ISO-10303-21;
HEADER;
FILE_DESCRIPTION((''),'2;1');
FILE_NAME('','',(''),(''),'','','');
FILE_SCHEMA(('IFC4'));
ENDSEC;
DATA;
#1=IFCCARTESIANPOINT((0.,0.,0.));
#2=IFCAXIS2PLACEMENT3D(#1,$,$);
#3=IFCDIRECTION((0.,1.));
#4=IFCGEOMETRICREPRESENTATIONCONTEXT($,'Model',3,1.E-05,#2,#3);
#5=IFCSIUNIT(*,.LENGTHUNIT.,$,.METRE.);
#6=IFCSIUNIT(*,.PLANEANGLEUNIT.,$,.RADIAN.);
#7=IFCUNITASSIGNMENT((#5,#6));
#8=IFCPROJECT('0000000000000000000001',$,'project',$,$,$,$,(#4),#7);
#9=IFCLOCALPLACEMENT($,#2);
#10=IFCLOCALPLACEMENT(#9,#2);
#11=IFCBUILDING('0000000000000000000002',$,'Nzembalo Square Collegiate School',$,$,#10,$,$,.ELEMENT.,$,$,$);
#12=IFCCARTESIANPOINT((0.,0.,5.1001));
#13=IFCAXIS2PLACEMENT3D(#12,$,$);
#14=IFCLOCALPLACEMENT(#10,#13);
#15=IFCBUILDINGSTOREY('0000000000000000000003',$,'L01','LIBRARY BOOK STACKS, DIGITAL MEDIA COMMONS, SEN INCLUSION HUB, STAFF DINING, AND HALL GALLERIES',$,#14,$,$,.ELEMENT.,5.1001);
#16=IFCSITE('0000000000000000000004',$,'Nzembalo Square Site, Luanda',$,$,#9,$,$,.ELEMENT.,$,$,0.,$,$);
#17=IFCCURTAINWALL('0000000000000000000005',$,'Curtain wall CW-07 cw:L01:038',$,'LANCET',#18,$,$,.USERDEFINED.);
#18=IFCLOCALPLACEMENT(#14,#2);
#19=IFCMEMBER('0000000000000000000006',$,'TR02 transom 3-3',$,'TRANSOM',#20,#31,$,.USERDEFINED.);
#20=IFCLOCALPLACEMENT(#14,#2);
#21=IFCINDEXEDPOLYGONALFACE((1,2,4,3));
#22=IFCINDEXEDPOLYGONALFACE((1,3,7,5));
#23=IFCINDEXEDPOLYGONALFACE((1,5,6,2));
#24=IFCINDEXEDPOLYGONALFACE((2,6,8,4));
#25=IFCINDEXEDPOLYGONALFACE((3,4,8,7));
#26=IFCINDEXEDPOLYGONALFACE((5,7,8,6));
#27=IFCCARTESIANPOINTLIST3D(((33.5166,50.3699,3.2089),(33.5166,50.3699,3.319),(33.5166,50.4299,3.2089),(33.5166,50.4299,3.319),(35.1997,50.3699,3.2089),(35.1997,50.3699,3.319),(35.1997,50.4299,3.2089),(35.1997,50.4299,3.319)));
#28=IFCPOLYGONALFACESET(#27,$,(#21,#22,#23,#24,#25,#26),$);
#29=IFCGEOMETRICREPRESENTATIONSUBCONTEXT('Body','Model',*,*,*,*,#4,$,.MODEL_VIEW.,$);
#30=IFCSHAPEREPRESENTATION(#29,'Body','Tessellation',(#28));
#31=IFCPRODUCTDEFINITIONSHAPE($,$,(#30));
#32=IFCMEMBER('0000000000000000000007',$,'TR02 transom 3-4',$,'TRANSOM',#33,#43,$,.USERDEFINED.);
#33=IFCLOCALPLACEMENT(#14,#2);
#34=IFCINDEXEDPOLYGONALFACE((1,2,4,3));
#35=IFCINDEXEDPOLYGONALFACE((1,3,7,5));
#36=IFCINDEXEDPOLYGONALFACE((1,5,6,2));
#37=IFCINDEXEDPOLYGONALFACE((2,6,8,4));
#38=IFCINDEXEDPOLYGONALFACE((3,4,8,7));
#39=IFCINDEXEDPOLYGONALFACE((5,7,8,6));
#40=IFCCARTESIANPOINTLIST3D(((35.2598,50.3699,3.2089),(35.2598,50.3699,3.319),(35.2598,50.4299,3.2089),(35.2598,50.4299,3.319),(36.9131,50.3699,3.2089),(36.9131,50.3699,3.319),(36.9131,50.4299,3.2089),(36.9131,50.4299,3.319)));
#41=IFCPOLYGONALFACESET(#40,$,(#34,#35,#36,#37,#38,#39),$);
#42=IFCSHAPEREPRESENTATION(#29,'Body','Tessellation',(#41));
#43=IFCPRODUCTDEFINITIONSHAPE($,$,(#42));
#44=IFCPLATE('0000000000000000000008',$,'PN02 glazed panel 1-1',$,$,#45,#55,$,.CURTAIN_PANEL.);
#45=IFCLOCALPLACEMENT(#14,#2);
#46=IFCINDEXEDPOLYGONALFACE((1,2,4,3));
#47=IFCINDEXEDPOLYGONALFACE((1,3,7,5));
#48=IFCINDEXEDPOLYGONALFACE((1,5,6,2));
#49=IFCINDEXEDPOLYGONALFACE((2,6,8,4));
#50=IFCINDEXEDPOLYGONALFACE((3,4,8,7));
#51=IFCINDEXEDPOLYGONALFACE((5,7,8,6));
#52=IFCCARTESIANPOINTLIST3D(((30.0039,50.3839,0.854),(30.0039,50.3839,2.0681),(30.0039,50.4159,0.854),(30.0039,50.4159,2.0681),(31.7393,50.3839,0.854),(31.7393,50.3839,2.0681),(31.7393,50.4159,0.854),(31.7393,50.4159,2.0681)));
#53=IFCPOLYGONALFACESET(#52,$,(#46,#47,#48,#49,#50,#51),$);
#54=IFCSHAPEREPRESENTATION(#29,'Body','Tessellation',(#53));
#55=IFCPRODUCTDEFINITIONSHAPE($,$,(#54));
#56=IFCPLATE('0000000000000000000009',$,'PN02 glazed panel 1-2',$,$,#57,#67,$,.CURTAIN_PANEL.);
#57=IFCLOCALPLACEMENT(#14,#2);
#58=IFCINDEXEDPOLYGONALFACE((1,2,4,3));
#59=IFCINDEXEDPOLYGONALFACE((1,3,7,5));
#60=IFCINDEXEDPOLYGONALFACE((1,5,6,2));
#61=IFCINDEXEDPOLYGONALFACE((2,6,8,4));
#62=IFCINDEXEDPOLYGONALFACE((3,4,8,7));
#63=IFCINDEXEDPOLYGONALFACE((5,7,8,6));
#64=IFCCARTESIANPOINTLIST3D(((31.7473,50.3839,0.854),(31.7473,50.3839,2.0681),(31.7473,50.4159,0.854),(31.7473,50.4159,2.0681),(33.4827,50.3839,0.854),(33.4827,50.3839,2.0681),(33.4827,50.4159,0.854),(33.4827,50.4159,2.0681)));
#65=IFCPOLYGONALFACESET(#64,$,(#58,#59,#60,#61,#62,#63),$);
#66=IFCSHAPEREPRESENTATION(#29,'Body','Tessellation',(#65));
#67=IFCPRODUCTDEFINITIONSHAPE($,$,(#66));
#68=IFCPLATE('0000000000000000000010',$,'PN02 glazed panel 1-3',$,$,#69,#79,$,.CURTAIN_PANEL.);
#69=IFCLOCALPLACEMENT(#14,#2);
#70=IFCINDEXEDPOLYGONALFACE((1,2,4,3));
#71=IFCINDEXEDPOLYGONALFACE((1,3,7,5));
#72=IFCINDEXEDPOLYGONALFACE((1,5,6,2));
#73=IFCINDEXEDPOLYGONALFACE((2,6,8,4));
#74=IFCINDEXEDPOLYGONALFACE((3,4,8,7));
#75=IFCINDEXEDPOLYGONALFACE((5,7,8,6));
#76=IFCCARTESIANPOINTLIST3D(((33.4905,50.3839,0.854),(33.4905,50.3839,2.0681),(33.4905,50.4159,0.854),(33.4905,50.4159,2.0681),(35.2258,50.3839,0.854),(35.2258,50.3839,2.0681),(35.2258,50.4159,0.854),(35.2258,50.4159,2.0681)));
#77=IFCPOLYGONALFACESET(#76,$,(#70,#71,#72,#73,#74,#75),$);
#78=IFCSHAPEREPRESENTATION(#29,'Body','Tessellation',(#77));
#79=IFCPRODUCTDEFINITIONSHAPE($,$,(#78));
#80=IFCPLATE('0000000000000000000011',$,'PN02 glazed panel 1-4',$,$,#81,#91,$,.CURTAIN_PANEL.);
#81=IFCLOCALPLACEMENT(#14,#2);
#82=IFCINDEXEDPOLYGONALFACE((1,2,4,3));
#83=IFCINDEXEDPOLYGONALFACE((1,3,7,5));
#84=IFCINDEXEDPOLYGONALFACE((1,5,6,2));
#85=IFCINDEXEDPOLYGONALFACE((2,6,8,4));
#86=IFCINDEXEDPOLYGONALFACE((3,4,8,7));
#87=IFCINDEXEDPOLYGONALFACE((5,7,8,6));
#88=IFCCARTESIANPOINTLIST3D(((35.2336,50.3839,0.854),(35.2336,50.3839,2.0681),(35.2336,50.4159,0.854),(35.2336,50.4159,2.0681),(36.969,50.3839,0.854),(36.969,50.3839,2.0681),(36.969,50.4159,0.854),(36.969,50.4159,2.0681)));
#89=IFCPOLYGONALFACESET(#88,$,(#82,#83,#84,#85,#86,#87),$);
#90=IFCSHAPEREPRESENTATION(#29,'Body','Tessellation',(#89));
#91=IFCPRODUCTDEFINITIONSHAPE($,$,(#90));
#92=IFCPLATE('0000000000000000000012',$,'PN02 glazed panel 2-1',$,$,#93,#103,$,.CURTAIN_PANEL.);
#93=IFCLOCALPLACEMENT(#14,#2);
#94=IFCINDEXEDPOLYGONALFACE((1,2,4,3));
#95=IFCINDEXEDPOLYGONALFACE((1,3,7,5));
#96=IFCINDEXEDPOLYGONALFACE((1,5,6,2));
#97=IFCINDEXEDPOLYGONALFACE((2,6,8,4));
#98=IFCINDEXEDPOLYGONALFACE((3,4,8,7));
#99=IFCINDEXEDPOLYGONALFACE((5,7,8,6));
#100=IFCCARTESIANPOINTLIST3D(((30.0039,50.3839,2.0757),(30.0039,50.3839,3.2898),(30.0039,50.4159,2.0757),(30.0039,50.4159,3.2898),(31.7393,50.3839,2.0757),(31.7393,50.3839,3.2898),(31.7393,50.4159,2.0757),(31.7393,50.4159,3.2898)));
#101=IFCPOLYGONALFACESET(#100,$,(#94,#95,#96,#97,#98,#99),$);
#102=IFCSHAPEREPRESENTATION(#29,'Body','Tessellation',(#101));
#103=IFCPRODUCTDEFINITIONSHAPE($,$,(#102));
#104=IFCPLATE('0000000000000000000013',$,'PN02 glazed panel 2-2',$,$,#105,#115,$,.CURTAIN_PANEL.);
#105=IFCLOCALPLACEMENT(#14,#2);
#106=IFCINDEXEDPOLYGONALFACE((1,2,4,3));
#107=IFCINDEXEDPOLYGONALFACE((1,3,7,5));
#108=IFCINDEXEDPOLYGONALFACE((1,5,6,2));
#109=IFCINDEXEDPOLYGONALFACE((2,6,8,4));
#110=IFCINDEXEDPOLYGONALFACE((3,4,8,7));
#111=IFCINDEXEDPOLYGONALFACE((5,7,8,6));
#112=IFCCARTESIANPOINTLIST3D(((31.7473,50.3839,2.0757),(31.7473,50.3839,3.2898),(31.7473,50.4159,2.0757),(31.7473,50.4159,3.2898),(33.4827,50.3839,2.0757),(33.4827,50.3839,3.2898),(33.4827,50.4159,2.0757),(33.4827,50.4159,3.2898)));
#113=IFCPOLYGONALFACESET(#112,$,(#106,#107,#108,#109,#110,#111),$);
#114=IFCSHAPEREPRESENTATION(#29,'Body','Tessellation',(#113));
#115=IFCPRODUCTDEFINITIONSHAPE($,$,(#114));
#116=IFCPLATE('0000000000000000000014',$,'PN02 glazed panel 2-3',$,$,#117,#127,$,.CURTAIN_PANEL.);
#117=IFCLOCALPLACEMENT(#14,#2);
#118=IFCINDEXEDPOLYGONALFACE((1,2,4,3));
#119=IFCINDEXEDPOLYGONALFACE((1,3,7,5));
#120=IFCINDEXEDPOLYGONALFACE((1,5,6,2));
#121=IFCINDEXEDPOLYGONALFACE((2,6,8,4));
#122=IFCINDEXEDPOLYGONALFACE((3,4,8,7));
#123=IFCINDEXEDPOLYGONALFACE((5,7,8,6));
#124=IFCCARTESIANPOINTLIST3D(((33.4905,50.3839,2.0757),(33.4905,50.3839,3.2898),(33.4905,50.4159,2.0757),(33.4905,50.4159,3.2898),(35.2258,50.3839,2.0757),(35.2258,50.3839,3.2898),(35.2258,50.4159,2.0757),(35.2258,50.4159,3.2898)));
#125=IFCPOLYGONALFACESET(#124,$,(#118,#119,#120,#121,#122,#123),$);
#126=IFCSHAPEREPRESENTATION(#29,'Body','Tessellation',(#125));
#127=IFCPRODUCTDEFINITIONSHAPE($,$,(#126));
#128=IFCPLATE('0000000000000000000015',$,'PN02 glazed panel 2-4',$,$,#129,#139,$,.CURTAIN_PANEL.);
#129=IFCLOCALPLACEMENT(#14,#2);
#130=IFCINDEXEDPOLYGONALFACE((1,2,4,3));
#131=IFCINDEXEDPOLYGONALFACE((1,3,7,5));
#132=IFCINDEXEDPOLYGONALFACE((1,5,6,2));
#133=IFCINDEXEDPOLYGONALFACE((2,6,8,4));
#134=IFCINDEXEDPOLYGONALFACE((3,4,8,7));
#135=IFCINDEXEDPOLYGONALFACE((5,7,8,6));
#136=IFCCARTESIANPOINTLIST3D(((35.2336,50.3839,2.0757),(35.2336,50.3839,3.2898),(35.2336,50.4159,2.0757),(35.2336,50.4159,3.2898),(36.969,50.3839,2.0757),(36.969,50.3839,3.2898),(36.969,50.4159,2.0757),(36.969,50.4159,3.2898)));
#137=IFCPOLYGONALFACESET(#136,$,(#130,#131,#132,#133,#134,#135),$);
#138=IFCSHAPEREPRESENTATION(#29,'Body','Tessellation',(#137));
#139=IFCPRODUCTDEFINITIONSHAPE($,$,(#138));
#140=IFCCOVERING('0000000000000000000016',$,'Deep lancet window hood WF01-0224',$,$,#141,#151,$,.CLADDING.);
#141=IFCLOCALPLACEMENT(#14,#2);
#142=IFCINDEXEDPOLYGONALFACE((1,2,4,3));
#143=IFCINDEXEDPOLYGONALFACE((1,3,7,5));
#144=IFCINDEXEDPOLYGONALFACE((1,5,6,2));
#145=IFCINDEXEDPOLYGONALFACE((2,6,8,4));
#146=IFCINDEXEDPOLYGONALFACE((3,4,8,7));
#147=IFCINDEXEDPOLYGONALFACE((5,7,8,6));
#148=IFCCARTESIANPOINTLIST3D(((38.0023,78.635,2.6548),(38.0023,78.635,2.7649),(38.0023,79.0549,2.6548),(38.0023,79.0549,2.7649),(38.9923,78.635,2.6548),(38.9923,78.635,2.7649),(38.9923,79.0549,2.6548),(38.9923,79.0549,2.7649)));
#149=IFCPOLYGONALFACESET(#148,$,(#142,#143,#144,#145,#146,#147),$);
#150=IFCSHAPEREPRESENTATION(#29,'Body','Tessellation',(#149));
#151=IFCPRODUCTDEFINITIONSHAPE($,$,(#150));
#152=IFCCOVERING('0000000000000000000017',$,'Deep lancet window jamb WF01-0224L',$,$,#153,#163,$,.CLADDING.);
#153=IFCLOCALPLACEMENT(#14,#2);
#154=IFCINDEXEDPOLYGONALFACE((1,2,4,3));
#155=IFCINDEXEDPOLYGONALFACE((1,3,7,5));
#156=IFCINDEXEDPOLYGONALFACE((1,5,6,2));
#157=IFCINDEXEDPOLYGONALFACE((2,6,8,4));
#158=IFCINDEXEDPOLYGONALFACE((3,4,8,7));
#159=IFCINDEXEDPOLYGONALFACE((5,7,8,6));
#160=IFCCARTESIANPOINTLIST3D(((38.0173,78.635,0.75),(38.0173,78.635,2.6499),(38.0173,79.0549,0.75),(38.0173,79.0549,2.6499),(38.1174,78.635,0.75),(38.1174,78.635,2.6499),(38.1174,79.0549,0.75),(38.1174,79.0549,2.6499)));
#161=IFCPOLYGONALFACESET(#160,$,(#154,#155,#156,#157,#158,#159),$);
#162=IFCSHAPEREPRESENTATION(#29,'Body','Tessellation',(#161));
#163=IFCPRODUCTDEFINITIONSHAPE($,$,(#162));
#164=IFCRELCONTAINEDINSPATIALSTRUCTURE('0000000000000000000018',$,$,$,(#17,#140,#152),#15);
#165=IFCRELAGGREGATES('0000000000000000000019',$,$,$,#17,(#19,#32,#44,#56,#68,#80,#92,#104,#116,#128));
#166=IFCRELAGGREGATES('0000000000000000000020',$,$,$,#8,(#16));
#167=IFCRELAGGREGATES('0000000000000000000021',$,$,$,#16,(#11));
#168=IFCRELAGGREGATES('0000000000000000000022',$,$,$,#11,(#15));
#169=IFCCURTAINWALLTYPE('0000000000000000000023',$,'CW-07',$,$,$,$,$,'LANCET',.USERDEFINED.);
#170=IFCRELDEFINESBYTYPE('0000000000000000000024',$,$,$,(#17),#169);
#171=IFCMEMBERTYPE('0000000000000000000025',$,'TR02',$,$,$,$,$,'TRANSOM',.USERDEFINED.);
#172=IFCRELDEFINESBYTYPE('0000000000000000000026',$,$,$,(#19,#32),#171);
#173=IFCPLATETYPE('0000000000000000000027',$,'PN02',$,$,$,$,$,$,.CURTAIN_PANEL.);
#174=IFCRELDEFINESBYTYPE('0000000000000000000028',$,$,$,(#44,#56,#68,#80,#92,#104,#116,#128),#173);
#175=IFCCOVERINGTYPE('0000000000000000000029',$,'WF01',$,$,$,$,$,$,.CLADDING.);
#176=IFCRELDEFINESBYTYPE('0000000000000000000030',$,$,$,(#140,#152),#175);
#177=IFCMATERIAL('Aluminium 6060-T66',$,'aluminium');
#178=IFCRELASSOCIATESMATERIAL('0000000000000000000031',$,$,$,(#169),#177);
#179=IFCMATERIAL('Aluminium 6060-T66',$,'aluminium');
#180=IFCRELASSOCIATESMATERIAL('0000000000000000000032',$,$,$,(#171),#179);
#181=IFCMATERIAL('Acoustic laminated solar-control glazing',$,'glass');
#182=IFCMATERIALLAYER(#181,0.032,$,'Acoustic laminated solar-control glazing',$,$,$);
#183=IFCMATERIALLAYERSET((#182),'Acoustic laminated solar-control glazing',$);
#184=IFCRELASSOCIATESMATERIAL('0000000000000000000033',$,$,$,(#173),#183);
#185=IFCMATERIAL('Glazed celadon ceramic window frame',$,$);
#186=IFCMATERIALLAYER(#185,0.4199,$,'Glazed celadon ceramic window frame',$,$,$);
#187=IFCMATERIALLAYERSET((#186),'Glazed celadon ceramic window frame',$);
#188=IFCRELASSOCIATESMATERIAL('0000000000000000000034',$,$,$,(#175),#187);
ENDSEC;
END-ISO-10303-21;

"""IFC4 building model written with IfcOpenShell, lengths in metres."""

from ifc_helpers import new_model, si_unit, direction, frame, origin, origin_2d, place, context, subcontext, project, spatial, rectangle, extrude, material, layer, layer_set, material_profile, profile_set, type_object, element, aggregate, save


model = new_model("IFC4")

# Units and contexts
model_context = context("Model", 3, precision=1e-05, world=origin(), true_north=direction((0.0, 1.0)))
body_context = subcontext(model_context, "Body", "Model", "MODEL_VIEW")
ifc_project = project(units=[si_unit("LENGTHUNIT", "METRE"), si_unit("PLANEANGLEUNIT", "RADIAN")], contexts=[model_context])

# Site, building, storey
site_placement = place(None, origin())
site = spatial("IfcSite", under=ifc_project, at=site_placement, Name="Nzembalo Square Site, Luanda", CompositionType="ELEMENT", RefElevation=0.0)
building_placement = place(site_placement, origin())
building = spatial("IfcBuilding", under=site, at=building_placement, Name="Nzembalo Square Collegiate School", CompositionType="ELEMENT")
storey_placement = place(building_placement, frame((0.0, 0.0, 5.1001)))
storey = spatial("IfcBuildingStorey", under=building, at=storey_placement, Name="L01", Description="LIBRARY BOOK STACKS, DIGITAL MEDIA COMMONS, SEN INCLUSION HUB, STAFF DINING, AND HALL GALLERIES", CompositionType="ELEMENT", Elevation=5.1001)

# Curtain wall, members, plates
ifc_material_1 = material(Name="Aluminium 6060-T66", Category="aluminium")
curtain_wall_type = type_object("IfcCurtainWallType", Name="CW-07", ElementType="LANCET", PredefinedType="USERDEFINED", material=ifc_material_1)
curtain_wall_placement = place(storey_placement, origin())
curtain_wall = element("IfcCurtainWall", 1, at=curtain_wall_placement, inside=storey, type_object=curtain_wall_type, Name="Curtain wall CW-07 cw:L01:038", ObjectType="LANCET", PredefinedType="USERDEFINED")
ifc_material_2 = material(Name="Aluminium 6060-T66", Category="aluminium")
ifc_material_profile_1 = material_profile(ifc_material_2, rectangle(XDim=0.0601, YDim=0.1101, at=origin_2d()), Name="ALU T60x110")
ifc_profile_set_1 = profile_set([ifc_material_profile_1], Name="Aluminium 6060-T66")
member_type_1 = type_object("IfcMemberType", Name="TR02", ElementType="TRANSOM", PredefinedType="USERDEFINED", material=ifc_profile_set_1)
member_1_placement = place(storey_placement, frame((33.5166, 50.3999, 3.2639), z_axis=(1.0, 0.0, 0.0), x_axis=(0.0, 1.0, 0.0)))
member_1 = element("IfcMember", 2, at=member_1_placement, type_object=member_type_1, Name="TR02 transom 3-3", ObjectType="TRANSOM", PredefinedType="USERDEFINED", context=body_context, shape_type="SweptSolid", body=[
    extrude(rectangle(XDim=0.0601, YDim=0.1101, at=origin_2d()), origin(), (0.0, 0.0, 1.0), 1.6831),
])
member_2_placement = place(storey_placement, frame((35.2598, 50.3999, 3.2639), z_axis=(1.0, 0.0, 0.0), x_axis=(0.0, 1.0, 0.0)))
member_2 = element("IfcMember", 3, at=member_2_placement, type_object=member_type_1, Name="TR02 transom 3-4", ObjectType="TRANSOM", PredefinedType="USERDEFINED", context=body_context, shape_type="SweptSolid", body=[
    extrude(rectangle(XDim=0.0601, YDim=0.1101, at=origin_2d()), origin(), (0.0, 0.0, 1.0), 1.6533),
])
ifc_material_3 = material(Name="Acoustic laminated solar-control glazing", Category="glass")
ifc_layer_1 = layer(ifc_material_3, 0.032, Name="Acoustic laminated solar-control glazing")
ifc_layer_set_1 = layer_set([ifc_layer_1], Name="Acoustic laminated solar-control glazing")
plate_type = type_object("IfcPlateType", Name="PN02", PredefinedType="CURTAIN_PANEL", material=ifc_layer_set_1)
plate_1_placement = place(storey_placement, frame((30.8716, 50.3999, 0.854), z_axis=(0.0, 0.0, 1.0), x_axis=(1.0, 0.0, 0.0)))
plate_1 = element("IfcPlate", 4, at=plate_1_placement, type_object=plate_type, Name="PN02 glazed panel 1-1", PredefinedType="CURTAIN_PANEL", context=body_context, shape_type="SweptSolid", body=[
    extrude(rectangle(XDim=1.7354, YDim=0.032, at=origin_2d()), origin(), (0.0, 0.0, 1.0), 1.2141),
])
plate_2_placement = place(storey_placement, frame((32.615, 50.3999, 0.854), z_axis=(0.0, 0.0, 1.0), x_axis=(1.0, 0.0, 0.0)))
plate_2 = element("IfcPlate", 5, at=plate_2_placement, type_object=plate_type, Name="PN02 glazed panel 1-2", PredefinedType="CURTAIN_PANEL", context=body_context, shape_type="SweptSolid", body=[
    extrude(rectangle(XDim=1.7354, YDim=0.032, at=origin_2d()), origin(), (0.0, 0.0, 1.0), 1.2141),
])
plate_3_placement = place(storey_placement, frame((34.3582, 50.3999, 0.854), z_axis=(0.0, 0.0, 1.0), x_axis=(1.0, 0.0, 0.0)))
plate_3 = element("IfcPlate", 6, at=plate_3_placement, type_object=plate_type, Name="PN02 glazed panel 1-3", PredefinedType="CURTAIN_PANEL", context=body_context, shape_type="SweptSolid", body=[
    extrude(rectangle(XDim=1.7354, YDim=0.032, at=origin_2d()), origin(), (0.0, 0.0, 1.0), 1.2141),
])
plate_4_placement = place(storey_placement, frame((36.1013, 50.3999, 0.854), z_axis=(0.0, 0.0, 1.0), x_axis=(1.0, 0.0, 0.0)))
plate_4 = element("IfcPlate", 7, at=plate_4_placement, type_object=plate_type, Name="PN02 glazed panel 1-4", PredefinedType="CURTAIN_PANEL", context=body_context, shape_type="SweptSolid", body=[
    extrude(rectangle(XDim=1.7354, YDim=0.032, at=origin_2d()), origin(), (0.0, 0.0, 1.0), 1.2141),
])
plate_5_placement = place(storey_placement, frame((30.8716, 50.3999, 2.0757), z_axis=(0.0, 0.0, 1.0), x_axis=(1.0, 0.0, 0.0)))
plate_5 = element("IfcPlate", 8, at=plate_5_placement, type_object=plate_type, Name="PN02 glazed panel 2-1", PredefinedType="CURTAIN_PANEL", context=body_context, shape_type="SweptSolid", body=[
    extrude(rectangle(XDim=1.7354, YDim=0.032, at=origin_2d()), origin(), (0.0, 0.0, 1.0), 1.2141),
])
plate_6_placement = place(storey_placement, frame((32.615, 50.3999, 2.0757), z_axis=(0.0, 0.0, 1.0), x_axis=(1.0, 0.0, 0.0)))
plate_6 = element("IfcPlate", 9, at=plate_6_placement, type_object=plate_type, Name="PN02 glazed panel 2-2", PredefinedType="CURTAIN_PANEL", context=body_context, shape_type="SweptSolid", body=[
    extrude(rectangle(XDim=1.7354, YDim=0.032, at=origin_2d()), origin(), (0.0, 0.0, 1.0), 1.2141),
])
plate_7_placement = place(storey_placement, frame((34.3582, 50.3999, 2.0757), z_axis=(0.0, 0.0, 1.0), x_axis=(1.0, 0.0, 0.0)))
plate_7 = element("IfcPlate", 10, at=plate_7_placement, type_object=plate_type, Name="PN02 glazed panel 2-3", PredefinedType="CURTAIN_PANEL", context=body_context, shape_type="SweptSolid", body=[
    extrude(rectangle(XDim=1.7354, YDim=0.032, at=origin_2d()), origin(), (0.0, 0.0, 1.0), 1.2141),
])
plate_8_placement = place(storey_placement, frame((36.1013, 50.3999, 2.0757), z_axis=(0.0, 0.0, 1.0), x_axis=(1.0, 0.0, 0.0)))
plate_8 = element("IfcPlate", 11, at=plate_8_placement, type_object=plate_type, Name="PN02 glazed panel 2-4", PredefinedType="CURTAIN_PANEL", context=body_context, shape_type="SweptSolid", body=[
    extrude(rectangle(XDim=1.7354, YDim=0.032, at=origin_2d()), origin(), (0.0, 0.0, 1.0), 1.2141),
])
aggregate(curtain_wall, [member_1, member_2, plate_1, plate_2, plate_3, plate_4, plate_5, plate_6, plate_7, plate_8])

# Coverings
ifc_material_4 = material(Name="Glazed celadon ceramic window frame")
ifc_layer_2 = layer(ifc_material_4, 0.4199, Name="Glazed celadon ceramic window frame")
ifc_layer_set_2 = layer_set([ifc_layer_2], Name="Glazed celadon ceramic window frame")
covering_type = type_object("IfcCoveringType", Name="WF01", PredefinedType="CLADDING", material=ifc_layer_set_2)
covering_1_placement = place(storey_placement, frame((38.4973, 78.845, 2.6548), z_axis=(0.0, 0.0, 1.0), x_axis=(1.0, 0.0, 0.0)))
element("IfcCovering", 12, at=covering_1_placement, inside=storey, type_object=covering_type, Name="Deep lancet window hood WF01-0224", PredefinedType="CLADDING", context=body_context, shape_type="SweptSolid", body=[
    extrude(rectangle(XDim=0.99, YDim=0.4199, at=origin_2d()), origin(), (0.0, 0.0, 1.0), 0.1101),
])
covering_2_placement = place(storey_placement, frame((38.0674, 78.845, 0.75), z_axis=(0.0, 0.0, 1.0), x_axis=(1.0, 0.0, 0.0)))
element("IfcCovering", 13, at=covering_2_placement, inside=storey, type_object=covering_type, Name="Deep lancet window jamb WF01-0224L", PredefinedType="CLADDING", context=body_context, shape_type="SweptSolid", body=[
    extrude(rectangle(XDim=0.1001, YDim=0.4199, at=origin_2d()), origin(), (0.0, 0.0, 1.0), 1.8999),
])

save(model, "model.ifc")
